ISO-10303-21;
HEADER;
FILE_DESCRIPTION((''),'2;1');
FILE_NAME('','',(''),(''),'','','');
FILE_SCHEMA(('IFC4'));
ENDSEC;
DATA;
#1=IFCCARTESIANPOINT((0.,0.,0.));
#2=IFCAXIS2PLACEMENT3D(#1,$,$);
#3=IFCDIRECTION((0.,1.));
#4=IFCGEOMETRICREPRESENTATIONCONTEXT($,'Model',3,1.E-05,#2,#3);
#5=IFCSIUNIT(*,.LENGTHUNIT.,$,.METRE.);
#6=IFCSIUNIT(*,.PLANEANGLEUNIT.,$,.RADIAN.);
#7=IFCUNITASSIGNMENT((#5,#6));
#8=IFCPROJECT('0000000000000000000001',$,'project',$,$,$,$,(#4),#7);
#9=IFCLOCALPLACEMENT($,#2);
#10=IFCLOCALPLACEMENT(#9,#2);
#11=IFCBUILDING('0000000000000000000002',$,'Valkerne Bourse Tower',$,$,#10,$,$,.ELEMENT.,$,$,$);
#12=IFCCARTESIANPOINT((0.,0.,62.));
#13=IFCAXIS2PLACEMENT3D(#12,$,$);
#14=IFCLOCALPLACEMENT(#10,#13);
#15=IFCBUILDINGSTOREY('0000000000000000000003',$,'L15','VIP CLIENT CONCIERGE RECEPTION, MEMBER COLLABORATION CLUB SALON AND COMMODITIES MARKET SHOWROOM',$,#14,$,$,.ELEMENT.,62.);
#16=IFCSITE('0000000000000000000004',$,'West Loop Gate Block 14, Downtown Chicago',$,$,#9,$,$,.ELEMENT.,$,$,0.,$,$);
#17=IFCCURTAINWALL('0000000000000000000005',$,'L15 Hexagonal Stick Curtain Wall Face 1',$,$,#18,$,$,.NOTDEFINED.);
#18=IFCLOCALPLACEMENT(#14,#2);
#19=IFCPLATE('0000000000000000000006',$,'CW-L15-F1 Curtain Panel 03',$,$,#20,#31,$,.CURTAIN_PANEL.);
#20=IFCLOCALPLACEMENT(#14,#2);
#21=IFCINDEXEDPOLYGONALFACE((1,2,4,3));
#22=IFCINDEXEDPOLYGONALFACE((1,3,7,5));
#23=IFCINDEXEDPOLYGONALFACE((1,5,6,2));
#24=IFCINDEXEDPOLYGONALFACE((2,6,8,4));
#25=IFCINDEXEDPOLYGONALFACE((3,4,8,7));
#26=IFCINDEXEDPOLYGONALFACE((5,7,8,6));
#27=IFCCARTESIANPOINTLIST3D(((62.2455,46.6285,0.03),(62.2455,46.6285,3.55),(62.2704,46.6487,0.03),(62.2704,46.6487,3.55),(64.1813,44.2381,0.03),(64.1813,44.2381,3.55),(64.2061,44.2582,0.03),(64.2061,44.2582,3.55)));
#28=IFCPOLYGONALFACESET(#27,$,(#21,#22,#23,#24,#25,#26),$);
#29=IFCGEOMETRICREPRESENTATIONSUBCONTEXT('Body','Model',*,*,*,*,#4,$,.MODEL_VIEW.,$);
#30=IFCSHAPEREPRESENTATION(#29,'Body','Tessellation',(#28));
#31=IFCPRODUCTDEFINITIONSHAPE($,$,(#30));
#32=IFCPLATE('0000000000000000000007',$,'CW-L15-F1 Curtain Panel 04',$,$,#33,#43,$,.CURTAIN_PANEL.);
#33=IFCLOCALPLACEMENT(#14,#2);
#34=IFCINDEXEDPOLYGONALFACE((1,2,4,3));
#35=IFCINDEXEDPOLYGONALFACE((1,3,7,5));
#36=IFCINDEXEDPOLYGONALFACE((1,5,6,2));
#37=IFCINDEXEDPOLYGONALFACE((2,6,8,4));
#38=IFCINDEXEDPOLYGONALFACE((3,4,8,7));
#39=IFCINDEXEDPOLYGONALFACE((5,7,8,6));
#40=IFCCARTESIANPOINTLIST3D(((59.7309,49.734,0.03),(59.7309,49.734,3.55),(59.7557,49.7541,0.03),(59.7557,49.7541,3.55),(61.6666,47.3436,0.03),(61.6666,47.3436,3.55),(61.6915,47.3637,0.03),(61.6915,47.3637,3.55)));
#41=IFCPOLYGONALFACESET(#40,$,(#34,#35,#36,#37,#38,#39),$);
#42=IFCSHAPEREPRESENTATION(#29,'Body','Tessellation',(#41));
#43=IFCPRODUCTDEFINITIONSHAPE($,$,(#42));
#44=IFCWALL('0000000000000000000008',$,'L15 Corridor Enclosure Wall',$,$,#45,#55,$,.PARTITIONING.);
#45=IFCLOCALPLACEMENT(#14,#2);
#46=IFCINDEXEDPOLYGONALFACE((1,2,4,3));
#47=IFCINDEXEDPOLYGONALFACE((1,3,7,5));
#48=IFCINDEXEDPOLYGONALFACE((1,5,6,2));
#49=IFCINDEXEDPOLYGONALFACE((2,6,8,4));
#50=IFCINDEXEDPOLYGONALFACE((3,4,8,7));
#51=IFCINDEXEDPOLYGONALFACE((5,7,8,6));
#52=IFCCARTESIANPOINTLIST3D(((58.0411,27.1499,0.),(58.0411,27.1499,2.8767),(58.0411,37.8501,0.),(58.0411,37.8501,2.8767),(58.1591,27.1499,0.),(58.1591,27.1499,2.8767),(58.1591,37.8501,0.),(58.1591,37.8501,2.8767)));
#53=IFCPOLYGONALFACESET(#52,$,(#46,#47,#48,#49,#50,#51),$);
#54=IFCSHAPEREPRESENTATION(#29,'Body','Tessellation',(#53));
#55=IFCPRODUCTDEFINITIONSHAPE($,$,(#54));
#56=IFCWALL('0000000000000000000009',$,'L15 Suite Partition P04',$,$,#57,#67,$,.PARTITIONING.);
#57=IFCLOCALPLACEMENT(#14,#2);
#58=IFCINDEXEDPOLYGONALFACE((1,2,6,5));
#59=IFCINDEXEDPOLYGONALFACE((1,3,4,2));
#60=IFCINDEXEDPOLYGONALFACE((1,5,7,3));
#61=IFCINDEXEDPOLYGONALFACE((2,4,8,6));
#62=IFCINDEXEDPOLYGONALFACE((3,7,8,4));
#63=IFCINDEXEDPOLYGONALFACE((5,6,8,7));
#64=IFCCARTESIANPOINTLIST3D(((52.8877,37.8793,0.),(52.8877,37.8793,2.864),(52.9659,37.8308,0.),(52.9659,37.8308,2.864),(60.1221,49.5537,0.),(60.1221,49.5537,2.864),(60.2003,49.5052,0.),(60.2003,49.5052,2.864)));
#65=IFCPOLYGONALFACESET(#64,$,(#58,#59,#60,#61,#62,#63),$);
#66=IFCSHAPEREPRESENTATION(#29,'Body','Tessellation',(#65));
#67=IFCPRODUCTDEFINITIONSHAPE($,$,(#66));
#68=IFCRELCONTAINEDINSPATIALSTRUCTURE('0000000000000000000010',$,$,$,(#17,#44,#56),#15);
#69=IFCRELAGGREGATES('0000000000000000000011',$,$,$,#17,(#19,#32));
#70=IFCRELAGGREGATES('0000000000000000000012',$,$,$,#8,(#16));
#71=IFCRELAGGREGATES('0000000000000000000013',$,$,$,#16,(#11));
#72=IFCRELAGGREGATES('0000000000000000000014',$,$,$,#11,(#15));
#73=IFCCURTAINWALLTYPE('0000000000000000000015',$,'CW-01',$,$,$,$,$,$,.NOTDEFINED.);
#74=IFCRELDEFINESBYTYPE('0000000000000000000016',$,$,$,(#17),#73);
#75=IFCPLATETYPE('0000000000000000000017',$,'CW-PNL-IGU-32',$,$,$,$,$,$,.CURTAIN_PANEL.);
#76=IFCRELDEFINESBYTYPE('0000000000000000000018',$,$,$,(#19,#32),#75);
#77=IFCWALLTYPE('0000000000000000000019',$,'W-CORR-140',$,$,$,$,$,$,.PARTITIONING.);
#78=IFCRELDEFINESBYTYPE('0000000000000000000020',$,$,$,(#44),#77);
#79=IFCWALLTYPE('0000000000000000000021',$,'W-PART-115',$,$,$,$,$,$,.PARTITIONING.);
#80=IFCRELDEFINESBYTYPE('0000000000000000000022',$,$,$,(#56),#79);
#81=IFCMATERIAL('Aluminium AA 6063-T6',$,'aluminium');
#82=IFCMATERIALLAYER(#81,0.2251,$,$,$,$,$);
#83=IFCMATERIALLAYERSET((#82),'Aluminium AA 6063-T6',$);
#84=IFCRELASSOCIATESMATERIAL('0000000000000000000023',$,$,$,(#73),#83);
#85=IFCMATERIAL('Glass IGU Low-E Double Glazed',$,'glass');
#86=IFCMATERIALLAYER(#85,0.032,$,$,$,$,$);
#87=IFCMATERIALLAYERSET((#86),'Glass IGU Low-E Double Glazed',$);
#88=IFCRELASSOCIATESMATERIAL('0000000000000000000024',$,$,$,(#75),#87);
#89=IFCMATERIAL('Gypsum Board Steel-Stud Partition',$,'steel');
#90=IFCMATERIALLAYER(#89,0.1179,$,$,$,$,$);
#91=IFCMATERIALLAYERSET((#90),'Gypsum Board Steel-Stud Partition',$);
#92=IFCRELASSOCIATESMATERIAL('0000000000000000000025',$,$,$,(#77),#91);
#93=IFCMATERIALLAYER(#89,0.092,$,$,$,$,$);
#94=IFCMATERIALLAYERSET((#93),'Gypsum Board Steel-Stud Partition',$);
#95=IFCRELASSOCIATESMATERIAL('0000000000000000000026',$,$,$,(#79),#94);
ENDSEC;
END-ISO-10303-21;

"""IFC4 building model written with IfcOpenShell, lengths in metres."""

from ifc_helpers import new_model, si_unit, direction, frame, frame_2d, origin, origin_2d, place, context, subcontext, project, spatial, rectangle, extrude, material, layer, layer_set, type_object, element, aggregate, save


model = new_model("IFC4")

# Units and contexts
model_context = context("Model", 3, precision=1e-05, world=origin(), true_north=direction((0.0, 1.0)))
body_context = subcontext(model_context, "Body", "Model", "MODEL_VIEW")
ifc_project = project(units=[si_unit("LENGTHUNIT", "METRE"), si_unit("PLANEANGLEUNIT", "RADIAN")], contexts=[model_context])

# Site, building, storey
site_placement = place(None, origin())
site = spatial("IfcSite", under=ifc_project, at=site_placement, Name="West Loop Gate Block 14, Downtown Chicago", CompositionType="ELEMENT", RefElevation=0.0)
building_placement = place(site_placement, origin())
building = spatial("IfcBuilding", under=site, at=building_placement, Name="Valkerne Bourse Tower", CompositionType="ELEMENT")
storey_placement = place(building_placement, frame((0.0, 0.0, 62.0)))
storey = spatial("IfcBuildingStorey", under=building, at=storey_placement, Name="L15", Description="VIP CLIENT CONCIERGE RECEPTION, MEMBER COLLABORATION CLUB SALON AND COMMODITIES MARKET SHOWROOM", CompositionType="ELEMENT", Elevation=62.0)

# Curtain wall
ifc_material_1 = material(Name="Aluminium AA 6063-T6", Category="aluminium")
ifc_layer_1 = layer(ifc_material_1, 0.2251)
ifc_layer_set_1 = layer_set([ifc_layer_1], Name="Aluminium AA 6063-T6")
curtain_wall_type = type_object("IfcCurtainWallType", Name="CW-01", PredefinedType="NOTDEFINED", material=ifc_layer_set_1)
curtain_wall_1_placement = place(storey_placement, origin())
curtain_wall_1 = element("IfcCurtainWall", 1, at=curtain_wall_1_placement, inside=storey, type_object=curtain_wall_type, Name="L15 Hexagonal Stick Curtain Wall Face 1", PredefinedType="NOTDEFINED")

# Plates
ifc_material_2 = material(Name="Glass IGU Low-E Double Glazed", Category="glass")
ifc_layer_2 = layer(ifc_material_2, 0.032)
ifc_layer_set_2 = layer_set([ifc_layer_2], Name="Glass IGU Low-E Double Glazed")
plate_type = type_object("IfcPlateType", Name="CW-PNL-IGU-32", PredefinedType="CURTAIN_PANEL", material=ifc_layer_set_2)
plate_1_placement = place(storey_placement, frame((63.2258, 45.4434, 0.03), z_axis=(0.0, 0.0, 1.0), x_axis=(-0.629308, 0.777156, 0.0)))
plate_1 = element("IfcPlate", 2, at=plate_1_placement, type_object=plate_type, Name="CW-L15-F1 Curtain Panel 03", PredefinedType="CURTAIN_PANEL", context=body_context, shape_type="SweptSolid", body=[
    extrude(rectangle(XDim=3.0759, YDim=0.032, at=origin_2d()), origin(), (0.0, 0.0, 1.0), 3.52),
])
plate_2_placement = place(storey_placement, frame((60.7112, 48.5488, 0.03), z_axis=(0.0, 0.0, 1.0), x_axis=(-0.629335, 0.777134, 0.0)))
plate_2 = element("IfcPlate", 3, at=plate_2_placement, type_object=plate_type, Name="CW-L15-F1 Curtain Panel 04", PredefinedType="CURTAIN_PANEL", context=body_context, shape_type="SweptSolid", body=[
    extrude(rectangle(XDim=3.0759, YDim=0.032, at=origin_2d()), origin(), (0.0, 0.0, 1.0), 3.52),
])
aggregate(curtain_wall_1, [plate_1, plate_2])

# Walls
ifc_material_3 = material(Name="Gypsum Board Steel-Stud Partition", Category="steel")
ifc_layer_3 = layer(ifc_material_3, 0.1179)
ifc_layer_set_3 = layer_set([ifc_layer_3], Name="Gypsum Board Steel-Stud Partition")
wall_type_1 = type_object("IfcWallType", Name="W-CORR-140", PredefinedType="PARTITIONING", material=ifc_layer_set_3)
wall_1_placement = place(storey_placement, frame((58.1001, 37.8501, 0.0), z_axis=(0.0, 0.0, 1.0), x_axis=(0.0, -1.0, 0.0)))
element("IfcWall", 4, at=wall_1_placement, inside=storey, type_object=wall_type_1, Name="L15 Corridor Enclosure Wall", PredefinedType="PARTITIONING", context=body_context, shape_type="SweptSolid", body=[
    extrude(rectangle(XDim=10.7002, YDim=0.1179, at=frame_2d((5.3501, 0.0))), origin(), (0.0, 0.0, 1.0), 2.8767),
])
ifc_layer_4 = layer(ifc_material_3, 0.092)
ifc_layer_set_4 = layer_set([ifc_layer_4], Name="Gypsum Board Steel-Stud Partition")
wall_type_2 = type_object("IfcWallType", Name="W-PART-115", PredefinedType="PARTITIONING", material=ifc_layer_set_4)
wall_2_placement = place(storey_placement, frame((52.9268, 37.855, 0.0), z_axis=(0.0, 0.0, 1.0), x_axis=(0.526745, 0.850023, 0.0)))
element("IfcWall", 5, at=wall_2_placement, inside=storey, type_object=wall_type_2, Name="L15 Suite Partition P04", PredefinedType="PARTITIONING", context=body_context, shape_type="SweptSolid", body=[
    extrude(rectangle(XDim=13.7341, YDim=0.092, at=frame_2d((6.8672, 0.0))), origin(), (0.0, 0.0, 1.0), 2.864),
])

save(model, "model.ifc")
